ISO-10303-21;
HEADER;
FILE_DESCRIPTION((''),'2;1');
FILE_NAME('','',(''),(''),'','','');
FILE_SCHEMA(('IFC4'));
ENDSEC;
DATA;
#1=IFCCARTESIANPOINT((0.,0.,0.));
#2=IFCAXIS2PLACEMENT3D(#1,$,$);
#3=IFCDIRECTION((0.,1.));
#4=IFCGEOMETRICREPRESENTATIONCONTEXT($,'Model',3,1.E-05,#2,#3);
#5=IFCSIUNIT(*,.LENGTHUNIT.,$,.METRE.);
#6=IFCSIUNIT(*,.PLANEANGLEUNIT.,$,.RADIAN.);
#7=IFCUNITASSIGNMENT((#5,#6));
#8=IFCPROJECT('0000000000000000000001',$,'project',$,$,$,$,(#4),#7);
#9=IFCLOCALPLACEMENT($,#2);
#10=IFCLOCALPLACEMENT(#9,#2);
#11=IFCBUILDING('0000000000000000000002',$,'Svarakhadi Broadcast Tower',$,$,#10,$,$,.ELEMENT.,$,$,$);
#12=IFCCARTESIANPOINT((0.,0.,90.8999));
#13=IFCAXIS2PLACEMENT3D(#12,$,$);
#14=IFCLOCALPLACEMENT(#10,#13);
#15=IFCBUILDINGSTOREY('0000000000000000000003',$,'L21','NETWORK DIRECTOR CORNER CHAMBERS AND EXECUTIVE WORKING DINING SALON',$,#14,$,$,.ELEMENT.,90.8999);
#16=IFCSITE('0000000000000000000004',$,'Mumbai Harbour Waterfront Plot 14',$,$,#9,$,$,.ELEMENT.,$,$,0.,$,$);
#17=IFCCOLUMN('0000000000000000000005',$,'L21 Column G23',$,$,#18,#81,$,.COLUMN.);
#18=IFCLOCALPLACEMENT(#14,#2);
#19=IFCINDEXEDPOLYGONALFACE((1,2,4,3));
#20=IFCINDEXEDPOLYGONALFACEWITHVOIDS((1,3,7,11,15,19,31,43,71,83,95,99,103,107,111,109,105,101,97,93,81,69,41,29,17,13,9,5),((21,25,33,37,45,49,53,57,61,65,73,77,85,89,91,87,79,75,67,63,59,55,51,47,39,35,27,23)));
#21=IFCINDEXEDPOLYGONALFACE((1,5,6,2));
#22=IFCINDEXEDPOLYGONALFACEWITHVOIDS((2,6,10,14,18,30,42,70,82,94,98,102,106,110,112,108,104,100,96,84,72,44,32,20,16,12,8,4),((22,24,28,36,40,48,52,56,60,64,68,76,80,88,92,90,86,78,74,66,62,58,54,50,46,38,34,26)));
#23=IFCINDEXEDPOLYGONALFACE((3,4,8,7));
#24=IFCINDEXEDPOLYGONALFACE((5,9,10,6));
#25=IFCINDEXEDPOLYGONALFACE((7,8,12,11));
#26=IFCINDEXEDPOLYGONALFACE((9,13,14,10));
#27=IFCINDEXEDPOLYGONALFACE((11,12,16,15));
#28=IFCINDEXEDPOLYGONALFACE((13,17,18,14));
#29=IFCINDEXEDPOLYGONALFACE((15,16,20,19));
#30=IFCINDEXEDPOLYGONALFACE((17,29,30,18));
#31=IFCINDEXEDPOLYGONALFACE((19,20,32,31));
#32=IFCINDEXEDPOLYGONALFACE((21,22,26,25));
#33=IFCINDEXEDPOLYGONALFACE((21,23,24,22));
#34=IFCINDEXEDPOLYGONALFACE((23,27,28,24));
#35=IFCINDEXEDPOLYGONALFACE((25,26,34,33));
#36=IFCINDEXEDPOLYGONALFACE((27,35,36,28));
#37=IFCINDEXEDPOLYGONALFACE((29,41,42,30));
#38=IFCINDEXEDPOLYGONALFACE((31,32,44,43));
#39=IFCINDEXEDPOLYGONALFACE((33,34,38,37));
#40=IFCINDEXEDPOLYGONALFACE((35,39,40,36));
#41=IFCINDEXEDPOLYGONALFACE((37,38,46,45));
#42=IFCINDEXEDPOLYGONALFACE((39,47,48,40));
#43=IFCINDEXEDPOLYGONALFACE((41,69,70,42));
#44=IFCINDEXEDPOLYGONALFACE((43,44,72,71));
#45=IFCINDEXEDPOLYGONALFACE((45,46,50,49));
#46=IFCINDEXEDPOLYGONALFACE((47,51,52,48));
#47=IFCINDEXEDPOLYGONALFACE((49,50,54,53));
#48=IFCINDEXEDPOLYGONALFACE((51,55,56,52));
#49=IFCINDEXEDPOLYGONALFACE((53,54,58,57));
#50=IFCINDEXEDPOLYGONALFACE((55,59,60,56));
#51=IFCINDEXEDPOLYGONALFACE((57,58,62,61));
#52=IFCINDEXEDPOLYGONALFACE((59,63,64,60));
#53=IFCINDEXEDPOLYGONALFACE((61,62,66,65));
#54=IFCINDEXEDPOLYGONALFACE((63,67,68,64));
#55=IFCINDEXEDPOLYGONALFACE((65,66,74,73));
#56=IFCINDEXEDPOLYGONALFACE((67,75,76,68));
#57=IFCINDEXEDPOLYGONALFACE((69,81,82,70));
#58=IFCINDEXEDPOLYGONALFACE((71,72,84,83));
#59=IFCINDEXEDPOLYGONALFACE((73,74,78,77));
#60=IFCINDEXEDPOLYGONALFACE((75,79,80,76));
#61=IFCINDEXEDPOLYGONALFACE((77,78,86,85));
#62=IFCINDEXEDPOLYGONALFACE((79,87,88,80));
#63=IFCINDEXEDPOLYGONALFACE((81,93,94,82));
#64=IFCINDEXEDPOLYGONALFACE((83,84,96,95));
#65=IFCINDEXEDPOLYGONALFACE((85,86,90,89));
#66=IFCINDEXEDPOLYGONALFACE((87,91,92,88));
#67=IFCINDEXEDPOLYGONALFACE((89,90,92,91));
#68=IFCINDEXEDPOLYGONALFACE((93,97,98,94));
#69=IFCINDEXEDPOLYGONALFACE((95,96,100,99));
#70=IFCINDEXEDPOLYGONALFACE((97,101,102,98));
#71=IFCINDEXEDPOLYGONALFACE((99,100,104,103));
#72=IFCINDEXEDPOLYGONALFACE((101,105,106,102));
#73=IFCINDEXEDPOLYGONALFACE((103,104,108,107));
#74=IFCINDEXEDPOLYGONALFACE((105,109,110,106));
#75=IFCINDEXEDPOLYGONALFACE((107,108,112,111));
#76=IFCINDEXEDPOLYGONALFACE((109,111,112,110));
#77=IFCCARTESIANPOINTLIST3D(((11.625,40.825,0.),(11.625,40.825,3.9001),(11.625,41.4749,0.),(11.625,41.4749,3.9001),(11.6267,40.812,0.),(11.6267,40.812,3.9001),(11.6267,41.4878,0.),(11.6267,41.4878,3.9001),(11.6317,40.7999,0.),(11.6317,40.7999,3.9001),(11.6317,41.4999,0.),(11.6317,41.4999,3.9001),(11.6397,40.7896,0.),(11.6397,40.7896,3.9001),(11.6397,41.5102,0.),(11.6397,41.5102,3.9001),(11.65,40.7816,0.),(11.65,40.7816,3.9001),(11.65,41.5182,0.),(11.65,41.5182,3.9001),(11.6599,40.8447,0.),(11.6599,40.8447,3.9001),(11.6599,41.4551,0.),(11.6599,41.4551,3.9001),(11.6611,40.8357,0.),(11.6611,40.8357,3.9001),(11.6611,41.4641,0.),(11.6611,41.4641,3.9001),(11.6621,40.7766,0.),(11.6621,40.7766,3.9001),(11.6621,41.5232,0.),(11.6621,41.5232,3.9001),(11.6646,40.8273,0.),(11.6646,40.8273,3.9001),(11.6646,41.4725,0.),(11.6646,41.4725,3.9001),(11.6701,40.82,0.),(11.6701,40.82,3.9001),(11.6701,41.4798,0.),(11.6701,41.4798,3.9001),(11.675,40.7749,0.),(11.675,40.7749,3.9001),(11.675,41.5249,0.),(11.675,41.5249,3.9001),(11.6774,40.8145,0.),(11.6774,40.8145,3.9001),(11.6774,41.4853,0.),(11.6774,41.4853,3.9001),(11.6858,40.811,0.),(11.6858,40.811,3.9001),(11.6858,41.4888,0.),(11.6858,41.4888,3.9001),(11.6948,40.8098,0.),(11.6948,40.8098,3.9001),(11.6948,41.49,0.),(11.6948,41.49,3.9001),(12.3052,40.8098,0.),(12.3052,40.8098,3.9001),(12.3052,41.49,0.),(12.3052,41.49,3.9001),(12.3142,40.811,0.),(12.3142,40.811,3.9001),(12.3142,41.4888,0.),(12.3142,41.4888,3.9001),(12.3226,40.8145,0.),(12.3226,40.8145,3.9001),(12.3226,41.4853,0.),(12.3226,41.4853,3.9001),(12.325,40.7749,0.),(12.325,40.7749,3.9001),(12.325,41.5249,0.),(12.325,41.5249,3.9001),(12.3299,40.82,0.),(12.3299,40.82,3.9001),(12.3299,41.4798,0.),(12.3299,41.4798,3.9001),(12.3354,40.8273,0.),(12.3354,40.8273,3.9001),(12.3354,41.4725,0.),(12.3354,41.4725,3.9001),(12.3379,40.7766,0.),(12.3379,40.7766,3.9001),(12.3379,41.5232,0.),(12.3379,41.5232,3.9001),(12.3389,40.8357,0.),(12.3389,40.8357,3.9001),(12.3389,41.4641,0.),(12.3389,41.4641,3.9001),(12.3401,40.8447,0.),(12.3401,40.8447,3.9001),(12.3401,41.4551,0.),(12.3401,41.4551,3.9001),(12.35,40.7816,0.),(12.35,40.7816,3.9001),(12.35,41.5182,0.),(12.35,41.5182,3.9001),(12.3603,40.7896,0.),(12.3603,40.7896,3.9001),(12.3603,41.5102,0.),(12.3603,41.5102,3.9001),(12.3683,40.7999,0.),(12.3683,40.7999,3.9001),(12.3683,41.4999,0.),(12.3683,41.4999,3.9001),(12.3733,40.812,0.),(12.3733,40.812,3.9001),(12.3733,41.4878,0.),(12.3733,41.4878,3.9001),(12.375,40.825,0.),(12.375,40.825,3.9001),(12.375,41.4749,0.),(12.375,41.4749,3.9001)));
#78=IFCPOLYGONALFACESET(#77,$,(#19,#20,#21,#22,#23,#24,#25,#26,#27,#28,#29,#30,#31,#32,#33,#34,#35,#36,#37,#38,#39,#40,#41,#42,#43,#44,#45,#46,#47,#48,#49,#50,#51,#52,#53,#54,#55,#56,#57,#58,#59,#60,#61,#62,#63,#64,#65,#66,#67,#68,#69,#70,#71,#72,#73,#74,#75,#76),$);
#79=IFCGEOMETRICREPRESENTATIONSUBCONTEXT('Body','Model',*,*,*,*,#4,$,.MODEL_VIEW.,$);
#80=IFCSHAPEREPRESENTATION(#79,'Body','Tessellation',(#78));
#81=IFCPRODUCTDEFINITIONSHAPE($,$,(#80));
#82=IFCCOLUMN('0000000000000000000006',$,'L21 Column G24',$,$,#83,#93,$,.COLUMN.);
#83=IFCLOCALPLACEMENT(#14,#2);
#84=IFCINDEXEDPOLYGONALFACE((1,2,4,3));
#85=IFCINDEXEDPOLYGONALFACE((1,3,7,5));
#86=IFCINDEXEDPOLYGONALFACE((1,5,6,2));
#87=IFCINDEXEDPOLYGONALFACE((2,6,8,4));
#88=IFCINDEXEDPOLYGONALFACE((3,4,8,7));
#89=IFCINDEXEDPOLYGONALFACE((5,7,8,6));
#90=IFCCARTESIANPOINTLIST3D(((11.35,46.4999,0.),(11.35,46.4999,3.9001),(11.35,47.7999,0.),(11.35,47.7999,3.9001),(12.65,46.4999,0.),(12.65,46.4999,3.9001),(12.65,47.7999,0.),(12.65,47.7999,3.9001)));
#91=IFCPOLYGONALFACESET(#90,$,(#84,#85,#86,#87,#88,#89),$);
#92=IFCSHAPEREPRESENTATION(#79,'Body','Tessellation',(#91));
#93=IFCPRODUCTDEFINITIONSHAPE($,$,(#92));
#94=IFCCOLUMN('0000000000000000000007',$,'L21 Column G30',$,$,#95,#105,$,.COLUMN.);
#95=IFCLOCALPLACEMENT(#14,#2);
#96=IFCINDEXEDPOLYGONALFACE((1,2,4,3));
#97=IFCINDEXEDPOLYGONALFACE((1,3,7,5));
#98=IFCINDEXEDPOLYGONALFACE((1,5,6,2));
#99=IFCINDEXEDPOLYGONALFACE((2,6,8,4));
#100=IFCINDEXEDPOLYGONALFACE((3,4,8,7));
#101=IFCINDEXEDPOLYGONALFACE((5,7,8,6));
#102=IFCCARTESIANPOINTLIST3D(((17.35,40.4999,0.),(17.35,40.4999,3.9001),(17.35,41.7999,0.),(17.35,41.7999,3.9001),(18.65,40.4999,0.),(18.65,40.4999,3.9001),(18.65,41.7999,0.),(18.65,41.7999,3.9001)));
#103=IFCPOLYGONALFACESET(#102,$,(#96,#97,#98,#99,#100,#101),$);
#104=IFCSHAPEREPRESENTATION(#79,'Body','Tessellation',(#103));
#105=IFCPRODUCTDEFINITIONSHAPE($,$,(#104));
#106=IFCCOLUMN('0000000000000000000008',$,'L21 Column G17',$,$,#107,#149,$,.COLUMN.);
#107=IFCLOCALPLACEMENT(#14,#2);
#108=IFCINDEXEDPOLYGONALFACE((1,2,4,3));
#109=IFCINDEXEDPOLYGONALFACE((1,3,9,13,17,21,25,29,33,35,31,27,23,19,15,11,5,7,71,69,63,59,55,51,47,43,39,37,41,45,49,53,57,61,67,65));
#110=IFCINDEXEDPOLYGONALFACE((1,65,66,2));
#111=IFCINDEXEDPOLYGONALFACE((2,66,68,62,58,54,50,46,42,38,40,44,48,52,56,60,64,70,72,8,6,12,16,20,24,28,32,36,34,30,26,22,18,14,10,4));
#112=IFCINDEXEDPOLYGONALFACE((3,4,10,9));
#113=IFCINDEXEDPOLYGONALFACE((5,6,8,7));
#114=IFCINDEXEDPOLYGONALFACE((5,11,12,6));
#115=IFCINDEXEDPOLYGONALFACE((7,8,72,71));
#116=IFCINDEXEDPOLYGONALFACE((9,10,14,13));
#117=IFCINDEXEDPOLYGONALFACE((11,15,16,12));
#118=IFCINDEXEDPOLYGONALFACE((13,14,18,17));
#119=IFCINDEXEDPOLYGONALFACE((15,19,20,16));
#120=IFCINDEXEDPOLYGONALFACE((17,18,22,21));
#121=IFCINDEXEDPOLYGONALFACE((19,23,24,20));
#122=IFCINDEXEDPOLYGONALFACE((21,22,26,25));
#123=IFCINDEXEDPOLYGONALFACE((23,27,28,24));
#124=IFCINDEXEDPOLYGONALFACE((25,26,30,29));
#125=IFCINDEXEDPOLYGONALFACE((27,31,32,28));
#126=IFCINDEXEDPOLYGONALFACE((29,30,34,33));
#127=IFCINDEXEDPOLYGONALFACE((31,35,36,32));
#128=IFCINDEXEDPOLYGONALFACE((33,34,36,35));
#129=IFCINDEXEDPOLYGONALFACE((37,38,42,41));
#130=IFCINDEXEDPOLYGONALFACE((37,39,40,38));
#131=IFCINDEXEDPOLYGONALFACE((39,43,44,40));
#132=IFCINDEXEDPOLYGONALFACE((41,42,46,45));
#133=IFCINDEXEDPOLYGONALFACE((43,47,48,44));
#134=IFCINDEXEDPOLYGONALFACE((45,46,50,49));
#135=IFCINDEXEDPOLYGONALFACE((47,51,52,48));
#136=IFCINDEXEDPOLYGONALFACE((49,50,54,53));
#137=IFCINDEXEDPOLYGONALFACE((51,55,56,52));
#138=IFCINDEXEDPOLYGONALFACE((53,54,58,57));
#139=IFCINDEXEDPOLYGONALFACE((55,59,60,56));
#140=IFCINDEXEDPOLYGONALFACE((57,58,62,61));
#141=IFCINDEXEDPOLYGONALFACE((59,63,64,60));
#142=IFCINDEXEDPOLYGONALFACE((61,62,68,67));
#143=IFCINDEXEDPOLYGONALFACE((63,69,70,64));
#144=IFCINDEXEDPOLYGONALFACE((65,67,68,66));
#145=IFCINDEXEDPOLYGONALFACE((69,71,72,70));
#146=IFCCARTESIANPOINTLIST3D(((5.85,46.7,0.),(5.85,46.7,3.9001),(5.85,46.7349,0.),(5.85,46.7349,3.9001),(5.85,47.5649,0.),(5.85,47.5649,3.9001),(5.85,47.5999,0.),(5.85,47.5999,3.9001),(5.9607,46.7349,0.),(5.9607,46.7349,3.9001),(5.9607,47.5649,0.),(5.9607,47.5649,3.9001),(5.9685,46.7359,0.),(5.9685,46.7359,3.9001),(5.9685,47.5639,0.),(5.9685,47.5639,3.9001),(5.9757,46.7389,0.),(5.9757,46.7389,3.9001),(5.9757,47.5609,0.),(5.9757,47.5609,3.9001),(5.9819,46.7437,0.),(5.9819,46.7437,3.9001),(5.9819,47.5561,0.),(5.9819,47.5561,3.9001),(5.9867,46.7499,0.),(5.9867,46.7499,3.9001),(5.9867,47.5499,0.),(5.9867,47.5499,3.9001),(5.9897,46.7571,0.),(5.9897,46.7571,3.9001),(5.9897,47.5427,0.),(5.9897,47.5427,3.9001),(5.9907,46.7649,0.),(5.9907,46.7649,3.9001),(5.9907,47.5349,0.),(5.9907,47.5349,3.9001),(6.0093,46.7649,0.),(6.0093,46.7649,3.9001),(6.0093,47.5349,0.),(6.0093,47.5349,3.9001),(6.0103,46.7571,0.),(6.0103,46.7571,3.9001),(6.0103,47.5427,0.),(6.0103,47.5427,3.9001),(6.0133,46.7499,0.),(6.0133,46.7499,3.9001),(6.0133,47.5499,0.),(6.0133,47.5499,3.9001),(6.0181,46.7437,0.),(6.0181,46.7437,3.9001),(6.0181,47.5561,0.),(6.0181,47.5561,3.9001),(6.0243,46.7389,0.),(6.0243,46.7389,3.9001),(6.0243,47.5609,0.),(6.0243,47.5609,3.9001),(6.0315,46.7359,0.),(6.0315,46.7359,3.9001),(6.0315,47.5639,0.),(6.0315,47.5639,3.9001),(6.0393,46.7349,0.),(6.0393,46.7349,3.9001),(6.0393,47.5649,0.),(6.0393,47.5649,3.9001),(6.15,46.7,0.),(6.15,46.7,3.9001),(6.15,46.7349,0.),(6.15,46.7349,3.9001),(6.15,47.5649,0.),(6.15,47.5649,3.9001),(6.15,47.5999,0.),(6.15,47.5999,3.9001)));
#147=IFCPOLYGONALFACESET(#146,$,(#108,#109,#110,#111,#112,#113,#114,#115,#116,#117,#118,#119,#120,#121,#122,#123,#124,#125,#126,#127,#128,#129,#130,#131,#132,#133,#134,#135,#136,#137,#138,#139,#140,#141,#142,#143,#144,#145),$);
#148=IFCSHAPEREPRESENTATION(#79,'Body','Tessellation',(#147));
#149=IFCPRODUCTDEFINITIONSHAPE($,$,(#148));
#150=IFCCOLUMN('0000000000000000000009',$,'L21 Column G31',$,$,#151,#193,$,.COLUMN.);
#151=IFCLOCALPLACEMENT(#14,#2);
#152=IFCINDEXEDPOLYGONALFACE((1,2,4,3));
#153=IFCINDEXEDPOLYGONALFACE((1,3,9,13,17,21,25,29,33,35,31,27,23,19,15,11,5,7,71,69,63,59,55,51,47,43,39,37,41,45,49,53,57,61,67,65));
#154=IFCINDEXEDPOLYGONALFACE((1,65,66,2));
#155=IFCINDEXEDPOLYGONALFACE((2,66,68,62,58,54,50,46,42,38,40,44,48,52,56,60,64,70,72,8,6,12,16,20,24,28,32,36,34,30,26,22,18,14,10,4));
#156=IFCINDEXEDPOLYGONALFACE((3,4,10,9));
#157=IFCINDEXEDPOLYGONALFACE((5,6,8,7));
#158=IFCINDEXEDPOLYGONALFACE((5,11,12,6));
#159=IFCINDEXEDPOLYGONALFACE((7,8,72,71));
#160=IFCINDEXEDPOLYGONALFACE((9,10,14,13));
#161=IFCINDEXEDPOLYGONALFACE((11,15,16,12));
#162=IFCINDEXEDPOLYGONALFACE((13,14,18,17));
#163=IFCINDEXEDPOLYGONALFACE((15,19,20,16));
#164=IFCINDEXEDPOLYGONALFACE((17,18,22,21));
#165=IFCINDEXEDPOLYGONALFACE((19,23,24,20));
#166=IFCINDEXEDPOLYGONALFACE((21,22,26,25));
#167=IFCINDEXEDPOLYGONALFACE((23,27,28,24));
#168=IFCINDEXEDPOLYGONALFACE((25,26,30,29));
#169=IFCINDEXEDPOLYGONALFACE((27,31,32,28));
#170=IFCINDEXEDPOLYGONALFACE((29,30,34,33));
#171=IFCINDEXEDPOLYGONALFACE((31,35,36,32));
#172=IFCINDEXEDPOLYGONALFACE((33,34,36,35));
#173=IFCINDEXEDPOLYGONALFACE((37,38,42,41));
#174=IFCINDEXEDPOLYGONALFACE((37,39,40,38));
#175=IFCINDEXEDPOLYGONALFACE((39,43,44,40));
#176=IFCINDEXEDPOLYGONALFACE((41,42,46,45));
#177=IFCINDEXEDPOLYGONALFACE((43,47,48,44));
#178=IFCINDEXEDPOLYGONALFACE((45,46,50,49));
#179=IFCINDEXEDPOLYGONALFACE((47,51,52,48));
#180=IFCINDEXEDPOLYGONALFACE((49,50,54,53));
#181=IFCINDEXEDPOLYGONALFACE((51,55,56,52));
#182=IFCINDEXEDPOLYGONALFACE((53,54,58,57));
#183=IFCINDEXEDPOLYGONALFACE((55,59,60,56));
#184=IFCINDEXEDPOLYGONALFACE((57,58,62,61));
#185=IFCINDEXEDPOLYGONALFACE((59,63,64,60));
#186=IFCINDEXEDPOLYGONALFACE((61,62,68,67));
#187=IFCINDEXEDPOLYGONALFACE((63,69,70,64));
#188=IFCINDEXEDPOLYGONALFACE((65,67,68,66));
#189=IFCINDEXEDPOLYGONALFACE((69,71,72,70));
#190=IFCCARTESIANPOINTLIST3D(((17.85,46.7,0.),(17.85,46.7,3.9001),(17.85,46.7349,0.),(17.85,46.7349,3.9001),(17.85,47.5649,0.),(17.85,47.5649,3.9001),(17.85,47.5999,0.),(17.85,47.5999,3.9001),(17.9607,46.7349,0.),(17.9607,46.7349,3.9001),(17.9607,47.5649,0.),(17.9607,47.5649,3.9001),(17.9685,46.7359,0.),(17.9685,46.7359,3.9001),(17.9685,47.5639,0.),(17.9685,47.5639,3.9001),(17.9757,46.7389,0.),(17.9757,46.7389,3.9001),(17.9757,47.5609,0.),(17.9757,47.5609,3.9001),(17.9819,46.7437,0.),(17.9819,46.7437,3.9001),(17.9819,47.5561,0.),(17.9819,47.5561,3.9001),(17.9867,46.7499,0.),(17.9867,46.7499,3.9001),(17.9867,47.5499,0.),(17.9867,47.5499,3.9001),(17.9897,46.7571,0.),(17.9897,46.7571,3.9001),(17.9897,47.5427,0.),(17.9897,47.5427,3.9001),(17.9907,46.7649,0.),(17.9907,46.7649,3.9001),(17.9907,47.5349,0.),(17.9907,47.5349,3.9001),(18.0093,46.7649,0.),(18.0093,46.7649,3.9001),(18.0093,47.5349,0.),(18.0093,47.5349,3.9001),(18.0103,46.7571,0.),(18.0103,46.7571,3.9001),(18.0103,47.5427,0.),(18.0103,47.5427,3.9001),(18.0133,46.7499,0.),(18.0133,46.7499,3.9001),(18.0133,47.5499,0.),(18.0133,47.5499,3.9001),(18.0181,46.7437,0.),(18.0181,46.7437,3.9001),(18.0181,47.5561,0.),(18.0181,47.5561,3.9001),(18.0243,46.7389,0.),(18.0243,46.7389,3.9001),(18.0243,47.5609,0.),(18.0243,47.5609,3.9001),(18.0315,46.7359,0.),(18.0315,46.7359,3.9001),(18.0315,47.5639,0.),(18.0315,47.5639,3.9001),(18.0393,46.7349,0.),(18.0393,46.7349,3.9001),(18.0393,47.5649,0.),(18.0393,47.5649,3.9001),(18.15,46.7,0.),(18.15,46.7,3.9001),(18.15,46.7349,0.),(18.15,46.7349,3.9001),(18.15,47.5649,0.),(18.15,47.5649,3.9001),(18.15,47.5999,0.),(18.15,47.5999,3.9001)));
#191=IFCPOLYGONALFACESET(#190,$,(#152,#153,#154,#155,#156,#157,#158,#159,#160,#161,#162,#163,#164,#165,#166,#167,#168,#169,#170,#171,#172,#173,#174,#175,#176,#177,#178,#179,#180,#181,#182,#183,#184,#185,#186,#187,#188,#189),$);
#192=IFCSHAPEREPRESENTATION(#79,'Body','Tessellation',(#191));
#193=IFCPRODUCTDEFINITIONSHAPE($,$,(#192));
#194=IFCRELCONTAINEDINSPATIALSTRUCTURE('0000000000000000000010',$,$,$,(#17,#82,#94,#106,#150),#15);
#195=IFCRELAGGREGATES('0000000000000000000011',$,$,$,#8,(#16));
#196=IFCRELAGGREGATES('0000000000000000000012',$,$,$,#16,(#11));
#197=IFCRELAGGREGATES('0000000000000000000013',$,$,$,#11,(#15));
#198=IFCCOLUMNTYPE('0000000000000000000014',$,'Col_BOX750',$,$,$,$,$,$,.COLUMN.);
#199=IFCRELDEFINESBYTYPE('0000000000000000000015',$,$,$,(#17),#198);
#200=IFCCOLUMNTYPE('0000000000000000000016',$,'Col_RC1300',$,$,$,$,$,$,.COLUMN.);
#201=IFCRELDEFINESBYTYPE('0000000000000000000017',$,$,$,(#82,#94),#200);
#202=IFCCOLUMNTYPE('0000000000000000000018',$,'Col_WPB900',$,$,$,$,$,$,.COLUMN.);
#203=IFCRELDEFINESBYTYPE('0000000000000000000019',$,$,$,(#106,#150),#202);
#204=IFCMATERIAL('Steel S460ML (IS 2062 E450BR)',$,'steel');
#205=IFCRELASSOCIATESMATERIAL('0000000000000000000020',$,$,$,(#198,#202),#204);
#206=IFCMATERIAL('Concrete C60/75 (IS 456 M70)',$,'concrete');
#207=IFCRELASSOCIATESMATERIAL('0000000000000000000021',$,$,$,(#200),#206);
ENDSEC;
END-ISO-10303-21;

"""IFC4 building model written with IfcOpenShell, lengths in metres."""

from ifc_helpers import new_model, si_unit, direction, frame, origin, origin_2d, place, context, subcontext, project, spatial, rectangle, hollow_rectangle, i_section, extrude, material, material_profile, profile_set, type_object, element, save


model = new_model("IFC4")

# Units and contexts
model_context = context("Model", 3, precision=1e-05, world=origin(), true_north=direction((0.0, 1.0)))
body_context = subcontext(model_context, "Body", "Model", "MODEL_VIEW")
ifc_project = project(units=[si_unit("LENGTHUNIT", "METRE"), si_unit("PLANEANGLEUNIT", "RADIAN")], contexts=[model_context])

# Site, building, storey
site_placement = place(None, origin())
site = spatial("IfcSite", under=ifc_project, at=site_placement, Name="Mumbai Harbour Waterfront Plot 14", CompositionType="ELEMENT", RefElevation=0.0)
building_placement = place(site_placement, origin())
building = spatial("IfcBuilding", under=site, at=building_placement, Name="Svarakhadi Broadcast Tower", CompositionType="ELEMENT")
storey_placement = place(building_placement, frame((0.0, 0.0, 90.8999)))
storey = spatial("IfcBuildingStorey", under=building, at=storey_placement, Name="L21", Description="NETWORK DIRECTOR CORNER CHAMBERS AND EXECUTIVE WORKING DINING SALON", CompositionType="ELEMENT", Elevation=90.8999)

# Columns
ifc_material_1 = material(Name="Steel S460ML (IS 2062 E450BR)", Category="steel")
ifc_material_profile_1 = material_profile(ifc_material_1, hollow_rectangle(XDim=0.75, YDim=0.75, WallThickness=0.0349, InnerFilletRadius=0.0349, OuterFilletRadius=0.05, at=origin_2d()), Name="BOX 750x750x35")
ifc_profile_set_1 = profile_set([ifc_material_profile_1], Name="Steel S460ML (IS 2062 E450BR)")
column_type_1 = type_object("IfcColumnType", Name="Col_BOX750", PredefinedType="COLUMN", material=ifc_profile_set_1)
column_placement = place(storey_placement, frame((12.0, 41.1499, 0.0), z_axis=(0.0, 0.0, 1.0), x_axis=(1.0, 0.0, 0.0)))
element("IfcColumn", 1, at=column_placement, inside=storey, type_object=column_type_1, Name="L21 Column G23", PredefinedType="COLUMN", context=body_context, shape_type="SweptSolid", body=[
    extrude(hollow_rectangle(XDim=0.75, YDim=0.75, WallThickness=0.0349, InnerFilletRadius=0.0349, OuterFilletRadius=0.05, at=origin_2d()), origin(), (0.0, 0.0, 1.0), 3.9001),
])
ifc_material_2 = material(Name="Concrete C60/75 (IS 456 M70)", Category="concrete")
ifc_material_profile_2 = material_profile(ifc_material_2, rectangle(XDim=1.3, YDim=1.3, at=origin_2d()), Name="RC 1300x1300")
ifc_profile_set_2 = profile_set([ifc_material_profile_2], Name="Concrete C60/75 (IS 456 M70)")
column_type_2 = type_object("IfcColumnType", Name="Col_RC1300", PredefinedType="COLUMN", material=ifc_profile_set_2)
for number, where, z_axis, x_axis, name in (
    (2, (12.0, 47.1499, 0.0), (0.0, 0.0, 1.0), (1.0, 0.0, 0.0), "L21 Column G24"),
    (3, (18.0, 41.1499, 0.0), (0.0, 0.0, 1.0), (1.0, 0.0, 0.0), "L21 Column G30"),
):
    element("IfcColumn", number, at=place(storey_placement, frame(where, z_axis=z_axis, x_axis=x_axis)), inside=storey, type_object=column_type_2, Name=name, PredefinedType="COLUMN", context=body_context, shape_type="SweptSolid", body=[
        extrude(rectangle(XDim=1.3, YDim=1.3, at=origin_2d()), origin(), (0.0, 0.0, 1.0), 3.9001),
    ])
ifc_material_profile_3 = material_profile(ifc_material_1, i_section(OverallWidth=0.3, OverallDepth=0.8999, WebThickness=0.0186, FlangeThickness=0.0349, FilletRadius=0.03, at=origin_2d()), Name="WPB 900x300x291")
ifc_profile_set_3 = profile_set([ifc_material_profile_3], Name="Steel S460ML (IS 2062 E450BR)")
column_type_3 = type_object("IfcColumnType", Name="Col_WPB900", PredefinedType="COLUMN", material=ifc_profile_set_3)
for number, where, z_axis, x_axis, name in (
    (4, (6.0, 47.1499, 0.0), (0.0, 0.0, 1.0), (1.0, 0.0, 0.0), "L21 Column G17"),
    (5, (18.0, 47.1499, 0.0), (0.0, 0.0, 1.0), (1.0, 0.0, 0.0), "L21 Column G31"),
):
    element("IfcColumn", number, at=place(storey_placement, frame(where, z_axis=z_axis, x_axis=x_axis)), inside=storey, type_object=column_type_3, Name=name, PredefinedType="COLUMN", context=body_context, shape_type="SweptSolid", body=[
        extrude(i_section(OverallWidth=0.3, OverallDepth=0.8999, WebThickness=0.0186, FlangeThickness=0.0349, FilletRadius=0.03, at=origin_2d()), origin(), (0.0, 0.0, 1.0), 3.9001),
    ])

save(model, "model.ifc")
